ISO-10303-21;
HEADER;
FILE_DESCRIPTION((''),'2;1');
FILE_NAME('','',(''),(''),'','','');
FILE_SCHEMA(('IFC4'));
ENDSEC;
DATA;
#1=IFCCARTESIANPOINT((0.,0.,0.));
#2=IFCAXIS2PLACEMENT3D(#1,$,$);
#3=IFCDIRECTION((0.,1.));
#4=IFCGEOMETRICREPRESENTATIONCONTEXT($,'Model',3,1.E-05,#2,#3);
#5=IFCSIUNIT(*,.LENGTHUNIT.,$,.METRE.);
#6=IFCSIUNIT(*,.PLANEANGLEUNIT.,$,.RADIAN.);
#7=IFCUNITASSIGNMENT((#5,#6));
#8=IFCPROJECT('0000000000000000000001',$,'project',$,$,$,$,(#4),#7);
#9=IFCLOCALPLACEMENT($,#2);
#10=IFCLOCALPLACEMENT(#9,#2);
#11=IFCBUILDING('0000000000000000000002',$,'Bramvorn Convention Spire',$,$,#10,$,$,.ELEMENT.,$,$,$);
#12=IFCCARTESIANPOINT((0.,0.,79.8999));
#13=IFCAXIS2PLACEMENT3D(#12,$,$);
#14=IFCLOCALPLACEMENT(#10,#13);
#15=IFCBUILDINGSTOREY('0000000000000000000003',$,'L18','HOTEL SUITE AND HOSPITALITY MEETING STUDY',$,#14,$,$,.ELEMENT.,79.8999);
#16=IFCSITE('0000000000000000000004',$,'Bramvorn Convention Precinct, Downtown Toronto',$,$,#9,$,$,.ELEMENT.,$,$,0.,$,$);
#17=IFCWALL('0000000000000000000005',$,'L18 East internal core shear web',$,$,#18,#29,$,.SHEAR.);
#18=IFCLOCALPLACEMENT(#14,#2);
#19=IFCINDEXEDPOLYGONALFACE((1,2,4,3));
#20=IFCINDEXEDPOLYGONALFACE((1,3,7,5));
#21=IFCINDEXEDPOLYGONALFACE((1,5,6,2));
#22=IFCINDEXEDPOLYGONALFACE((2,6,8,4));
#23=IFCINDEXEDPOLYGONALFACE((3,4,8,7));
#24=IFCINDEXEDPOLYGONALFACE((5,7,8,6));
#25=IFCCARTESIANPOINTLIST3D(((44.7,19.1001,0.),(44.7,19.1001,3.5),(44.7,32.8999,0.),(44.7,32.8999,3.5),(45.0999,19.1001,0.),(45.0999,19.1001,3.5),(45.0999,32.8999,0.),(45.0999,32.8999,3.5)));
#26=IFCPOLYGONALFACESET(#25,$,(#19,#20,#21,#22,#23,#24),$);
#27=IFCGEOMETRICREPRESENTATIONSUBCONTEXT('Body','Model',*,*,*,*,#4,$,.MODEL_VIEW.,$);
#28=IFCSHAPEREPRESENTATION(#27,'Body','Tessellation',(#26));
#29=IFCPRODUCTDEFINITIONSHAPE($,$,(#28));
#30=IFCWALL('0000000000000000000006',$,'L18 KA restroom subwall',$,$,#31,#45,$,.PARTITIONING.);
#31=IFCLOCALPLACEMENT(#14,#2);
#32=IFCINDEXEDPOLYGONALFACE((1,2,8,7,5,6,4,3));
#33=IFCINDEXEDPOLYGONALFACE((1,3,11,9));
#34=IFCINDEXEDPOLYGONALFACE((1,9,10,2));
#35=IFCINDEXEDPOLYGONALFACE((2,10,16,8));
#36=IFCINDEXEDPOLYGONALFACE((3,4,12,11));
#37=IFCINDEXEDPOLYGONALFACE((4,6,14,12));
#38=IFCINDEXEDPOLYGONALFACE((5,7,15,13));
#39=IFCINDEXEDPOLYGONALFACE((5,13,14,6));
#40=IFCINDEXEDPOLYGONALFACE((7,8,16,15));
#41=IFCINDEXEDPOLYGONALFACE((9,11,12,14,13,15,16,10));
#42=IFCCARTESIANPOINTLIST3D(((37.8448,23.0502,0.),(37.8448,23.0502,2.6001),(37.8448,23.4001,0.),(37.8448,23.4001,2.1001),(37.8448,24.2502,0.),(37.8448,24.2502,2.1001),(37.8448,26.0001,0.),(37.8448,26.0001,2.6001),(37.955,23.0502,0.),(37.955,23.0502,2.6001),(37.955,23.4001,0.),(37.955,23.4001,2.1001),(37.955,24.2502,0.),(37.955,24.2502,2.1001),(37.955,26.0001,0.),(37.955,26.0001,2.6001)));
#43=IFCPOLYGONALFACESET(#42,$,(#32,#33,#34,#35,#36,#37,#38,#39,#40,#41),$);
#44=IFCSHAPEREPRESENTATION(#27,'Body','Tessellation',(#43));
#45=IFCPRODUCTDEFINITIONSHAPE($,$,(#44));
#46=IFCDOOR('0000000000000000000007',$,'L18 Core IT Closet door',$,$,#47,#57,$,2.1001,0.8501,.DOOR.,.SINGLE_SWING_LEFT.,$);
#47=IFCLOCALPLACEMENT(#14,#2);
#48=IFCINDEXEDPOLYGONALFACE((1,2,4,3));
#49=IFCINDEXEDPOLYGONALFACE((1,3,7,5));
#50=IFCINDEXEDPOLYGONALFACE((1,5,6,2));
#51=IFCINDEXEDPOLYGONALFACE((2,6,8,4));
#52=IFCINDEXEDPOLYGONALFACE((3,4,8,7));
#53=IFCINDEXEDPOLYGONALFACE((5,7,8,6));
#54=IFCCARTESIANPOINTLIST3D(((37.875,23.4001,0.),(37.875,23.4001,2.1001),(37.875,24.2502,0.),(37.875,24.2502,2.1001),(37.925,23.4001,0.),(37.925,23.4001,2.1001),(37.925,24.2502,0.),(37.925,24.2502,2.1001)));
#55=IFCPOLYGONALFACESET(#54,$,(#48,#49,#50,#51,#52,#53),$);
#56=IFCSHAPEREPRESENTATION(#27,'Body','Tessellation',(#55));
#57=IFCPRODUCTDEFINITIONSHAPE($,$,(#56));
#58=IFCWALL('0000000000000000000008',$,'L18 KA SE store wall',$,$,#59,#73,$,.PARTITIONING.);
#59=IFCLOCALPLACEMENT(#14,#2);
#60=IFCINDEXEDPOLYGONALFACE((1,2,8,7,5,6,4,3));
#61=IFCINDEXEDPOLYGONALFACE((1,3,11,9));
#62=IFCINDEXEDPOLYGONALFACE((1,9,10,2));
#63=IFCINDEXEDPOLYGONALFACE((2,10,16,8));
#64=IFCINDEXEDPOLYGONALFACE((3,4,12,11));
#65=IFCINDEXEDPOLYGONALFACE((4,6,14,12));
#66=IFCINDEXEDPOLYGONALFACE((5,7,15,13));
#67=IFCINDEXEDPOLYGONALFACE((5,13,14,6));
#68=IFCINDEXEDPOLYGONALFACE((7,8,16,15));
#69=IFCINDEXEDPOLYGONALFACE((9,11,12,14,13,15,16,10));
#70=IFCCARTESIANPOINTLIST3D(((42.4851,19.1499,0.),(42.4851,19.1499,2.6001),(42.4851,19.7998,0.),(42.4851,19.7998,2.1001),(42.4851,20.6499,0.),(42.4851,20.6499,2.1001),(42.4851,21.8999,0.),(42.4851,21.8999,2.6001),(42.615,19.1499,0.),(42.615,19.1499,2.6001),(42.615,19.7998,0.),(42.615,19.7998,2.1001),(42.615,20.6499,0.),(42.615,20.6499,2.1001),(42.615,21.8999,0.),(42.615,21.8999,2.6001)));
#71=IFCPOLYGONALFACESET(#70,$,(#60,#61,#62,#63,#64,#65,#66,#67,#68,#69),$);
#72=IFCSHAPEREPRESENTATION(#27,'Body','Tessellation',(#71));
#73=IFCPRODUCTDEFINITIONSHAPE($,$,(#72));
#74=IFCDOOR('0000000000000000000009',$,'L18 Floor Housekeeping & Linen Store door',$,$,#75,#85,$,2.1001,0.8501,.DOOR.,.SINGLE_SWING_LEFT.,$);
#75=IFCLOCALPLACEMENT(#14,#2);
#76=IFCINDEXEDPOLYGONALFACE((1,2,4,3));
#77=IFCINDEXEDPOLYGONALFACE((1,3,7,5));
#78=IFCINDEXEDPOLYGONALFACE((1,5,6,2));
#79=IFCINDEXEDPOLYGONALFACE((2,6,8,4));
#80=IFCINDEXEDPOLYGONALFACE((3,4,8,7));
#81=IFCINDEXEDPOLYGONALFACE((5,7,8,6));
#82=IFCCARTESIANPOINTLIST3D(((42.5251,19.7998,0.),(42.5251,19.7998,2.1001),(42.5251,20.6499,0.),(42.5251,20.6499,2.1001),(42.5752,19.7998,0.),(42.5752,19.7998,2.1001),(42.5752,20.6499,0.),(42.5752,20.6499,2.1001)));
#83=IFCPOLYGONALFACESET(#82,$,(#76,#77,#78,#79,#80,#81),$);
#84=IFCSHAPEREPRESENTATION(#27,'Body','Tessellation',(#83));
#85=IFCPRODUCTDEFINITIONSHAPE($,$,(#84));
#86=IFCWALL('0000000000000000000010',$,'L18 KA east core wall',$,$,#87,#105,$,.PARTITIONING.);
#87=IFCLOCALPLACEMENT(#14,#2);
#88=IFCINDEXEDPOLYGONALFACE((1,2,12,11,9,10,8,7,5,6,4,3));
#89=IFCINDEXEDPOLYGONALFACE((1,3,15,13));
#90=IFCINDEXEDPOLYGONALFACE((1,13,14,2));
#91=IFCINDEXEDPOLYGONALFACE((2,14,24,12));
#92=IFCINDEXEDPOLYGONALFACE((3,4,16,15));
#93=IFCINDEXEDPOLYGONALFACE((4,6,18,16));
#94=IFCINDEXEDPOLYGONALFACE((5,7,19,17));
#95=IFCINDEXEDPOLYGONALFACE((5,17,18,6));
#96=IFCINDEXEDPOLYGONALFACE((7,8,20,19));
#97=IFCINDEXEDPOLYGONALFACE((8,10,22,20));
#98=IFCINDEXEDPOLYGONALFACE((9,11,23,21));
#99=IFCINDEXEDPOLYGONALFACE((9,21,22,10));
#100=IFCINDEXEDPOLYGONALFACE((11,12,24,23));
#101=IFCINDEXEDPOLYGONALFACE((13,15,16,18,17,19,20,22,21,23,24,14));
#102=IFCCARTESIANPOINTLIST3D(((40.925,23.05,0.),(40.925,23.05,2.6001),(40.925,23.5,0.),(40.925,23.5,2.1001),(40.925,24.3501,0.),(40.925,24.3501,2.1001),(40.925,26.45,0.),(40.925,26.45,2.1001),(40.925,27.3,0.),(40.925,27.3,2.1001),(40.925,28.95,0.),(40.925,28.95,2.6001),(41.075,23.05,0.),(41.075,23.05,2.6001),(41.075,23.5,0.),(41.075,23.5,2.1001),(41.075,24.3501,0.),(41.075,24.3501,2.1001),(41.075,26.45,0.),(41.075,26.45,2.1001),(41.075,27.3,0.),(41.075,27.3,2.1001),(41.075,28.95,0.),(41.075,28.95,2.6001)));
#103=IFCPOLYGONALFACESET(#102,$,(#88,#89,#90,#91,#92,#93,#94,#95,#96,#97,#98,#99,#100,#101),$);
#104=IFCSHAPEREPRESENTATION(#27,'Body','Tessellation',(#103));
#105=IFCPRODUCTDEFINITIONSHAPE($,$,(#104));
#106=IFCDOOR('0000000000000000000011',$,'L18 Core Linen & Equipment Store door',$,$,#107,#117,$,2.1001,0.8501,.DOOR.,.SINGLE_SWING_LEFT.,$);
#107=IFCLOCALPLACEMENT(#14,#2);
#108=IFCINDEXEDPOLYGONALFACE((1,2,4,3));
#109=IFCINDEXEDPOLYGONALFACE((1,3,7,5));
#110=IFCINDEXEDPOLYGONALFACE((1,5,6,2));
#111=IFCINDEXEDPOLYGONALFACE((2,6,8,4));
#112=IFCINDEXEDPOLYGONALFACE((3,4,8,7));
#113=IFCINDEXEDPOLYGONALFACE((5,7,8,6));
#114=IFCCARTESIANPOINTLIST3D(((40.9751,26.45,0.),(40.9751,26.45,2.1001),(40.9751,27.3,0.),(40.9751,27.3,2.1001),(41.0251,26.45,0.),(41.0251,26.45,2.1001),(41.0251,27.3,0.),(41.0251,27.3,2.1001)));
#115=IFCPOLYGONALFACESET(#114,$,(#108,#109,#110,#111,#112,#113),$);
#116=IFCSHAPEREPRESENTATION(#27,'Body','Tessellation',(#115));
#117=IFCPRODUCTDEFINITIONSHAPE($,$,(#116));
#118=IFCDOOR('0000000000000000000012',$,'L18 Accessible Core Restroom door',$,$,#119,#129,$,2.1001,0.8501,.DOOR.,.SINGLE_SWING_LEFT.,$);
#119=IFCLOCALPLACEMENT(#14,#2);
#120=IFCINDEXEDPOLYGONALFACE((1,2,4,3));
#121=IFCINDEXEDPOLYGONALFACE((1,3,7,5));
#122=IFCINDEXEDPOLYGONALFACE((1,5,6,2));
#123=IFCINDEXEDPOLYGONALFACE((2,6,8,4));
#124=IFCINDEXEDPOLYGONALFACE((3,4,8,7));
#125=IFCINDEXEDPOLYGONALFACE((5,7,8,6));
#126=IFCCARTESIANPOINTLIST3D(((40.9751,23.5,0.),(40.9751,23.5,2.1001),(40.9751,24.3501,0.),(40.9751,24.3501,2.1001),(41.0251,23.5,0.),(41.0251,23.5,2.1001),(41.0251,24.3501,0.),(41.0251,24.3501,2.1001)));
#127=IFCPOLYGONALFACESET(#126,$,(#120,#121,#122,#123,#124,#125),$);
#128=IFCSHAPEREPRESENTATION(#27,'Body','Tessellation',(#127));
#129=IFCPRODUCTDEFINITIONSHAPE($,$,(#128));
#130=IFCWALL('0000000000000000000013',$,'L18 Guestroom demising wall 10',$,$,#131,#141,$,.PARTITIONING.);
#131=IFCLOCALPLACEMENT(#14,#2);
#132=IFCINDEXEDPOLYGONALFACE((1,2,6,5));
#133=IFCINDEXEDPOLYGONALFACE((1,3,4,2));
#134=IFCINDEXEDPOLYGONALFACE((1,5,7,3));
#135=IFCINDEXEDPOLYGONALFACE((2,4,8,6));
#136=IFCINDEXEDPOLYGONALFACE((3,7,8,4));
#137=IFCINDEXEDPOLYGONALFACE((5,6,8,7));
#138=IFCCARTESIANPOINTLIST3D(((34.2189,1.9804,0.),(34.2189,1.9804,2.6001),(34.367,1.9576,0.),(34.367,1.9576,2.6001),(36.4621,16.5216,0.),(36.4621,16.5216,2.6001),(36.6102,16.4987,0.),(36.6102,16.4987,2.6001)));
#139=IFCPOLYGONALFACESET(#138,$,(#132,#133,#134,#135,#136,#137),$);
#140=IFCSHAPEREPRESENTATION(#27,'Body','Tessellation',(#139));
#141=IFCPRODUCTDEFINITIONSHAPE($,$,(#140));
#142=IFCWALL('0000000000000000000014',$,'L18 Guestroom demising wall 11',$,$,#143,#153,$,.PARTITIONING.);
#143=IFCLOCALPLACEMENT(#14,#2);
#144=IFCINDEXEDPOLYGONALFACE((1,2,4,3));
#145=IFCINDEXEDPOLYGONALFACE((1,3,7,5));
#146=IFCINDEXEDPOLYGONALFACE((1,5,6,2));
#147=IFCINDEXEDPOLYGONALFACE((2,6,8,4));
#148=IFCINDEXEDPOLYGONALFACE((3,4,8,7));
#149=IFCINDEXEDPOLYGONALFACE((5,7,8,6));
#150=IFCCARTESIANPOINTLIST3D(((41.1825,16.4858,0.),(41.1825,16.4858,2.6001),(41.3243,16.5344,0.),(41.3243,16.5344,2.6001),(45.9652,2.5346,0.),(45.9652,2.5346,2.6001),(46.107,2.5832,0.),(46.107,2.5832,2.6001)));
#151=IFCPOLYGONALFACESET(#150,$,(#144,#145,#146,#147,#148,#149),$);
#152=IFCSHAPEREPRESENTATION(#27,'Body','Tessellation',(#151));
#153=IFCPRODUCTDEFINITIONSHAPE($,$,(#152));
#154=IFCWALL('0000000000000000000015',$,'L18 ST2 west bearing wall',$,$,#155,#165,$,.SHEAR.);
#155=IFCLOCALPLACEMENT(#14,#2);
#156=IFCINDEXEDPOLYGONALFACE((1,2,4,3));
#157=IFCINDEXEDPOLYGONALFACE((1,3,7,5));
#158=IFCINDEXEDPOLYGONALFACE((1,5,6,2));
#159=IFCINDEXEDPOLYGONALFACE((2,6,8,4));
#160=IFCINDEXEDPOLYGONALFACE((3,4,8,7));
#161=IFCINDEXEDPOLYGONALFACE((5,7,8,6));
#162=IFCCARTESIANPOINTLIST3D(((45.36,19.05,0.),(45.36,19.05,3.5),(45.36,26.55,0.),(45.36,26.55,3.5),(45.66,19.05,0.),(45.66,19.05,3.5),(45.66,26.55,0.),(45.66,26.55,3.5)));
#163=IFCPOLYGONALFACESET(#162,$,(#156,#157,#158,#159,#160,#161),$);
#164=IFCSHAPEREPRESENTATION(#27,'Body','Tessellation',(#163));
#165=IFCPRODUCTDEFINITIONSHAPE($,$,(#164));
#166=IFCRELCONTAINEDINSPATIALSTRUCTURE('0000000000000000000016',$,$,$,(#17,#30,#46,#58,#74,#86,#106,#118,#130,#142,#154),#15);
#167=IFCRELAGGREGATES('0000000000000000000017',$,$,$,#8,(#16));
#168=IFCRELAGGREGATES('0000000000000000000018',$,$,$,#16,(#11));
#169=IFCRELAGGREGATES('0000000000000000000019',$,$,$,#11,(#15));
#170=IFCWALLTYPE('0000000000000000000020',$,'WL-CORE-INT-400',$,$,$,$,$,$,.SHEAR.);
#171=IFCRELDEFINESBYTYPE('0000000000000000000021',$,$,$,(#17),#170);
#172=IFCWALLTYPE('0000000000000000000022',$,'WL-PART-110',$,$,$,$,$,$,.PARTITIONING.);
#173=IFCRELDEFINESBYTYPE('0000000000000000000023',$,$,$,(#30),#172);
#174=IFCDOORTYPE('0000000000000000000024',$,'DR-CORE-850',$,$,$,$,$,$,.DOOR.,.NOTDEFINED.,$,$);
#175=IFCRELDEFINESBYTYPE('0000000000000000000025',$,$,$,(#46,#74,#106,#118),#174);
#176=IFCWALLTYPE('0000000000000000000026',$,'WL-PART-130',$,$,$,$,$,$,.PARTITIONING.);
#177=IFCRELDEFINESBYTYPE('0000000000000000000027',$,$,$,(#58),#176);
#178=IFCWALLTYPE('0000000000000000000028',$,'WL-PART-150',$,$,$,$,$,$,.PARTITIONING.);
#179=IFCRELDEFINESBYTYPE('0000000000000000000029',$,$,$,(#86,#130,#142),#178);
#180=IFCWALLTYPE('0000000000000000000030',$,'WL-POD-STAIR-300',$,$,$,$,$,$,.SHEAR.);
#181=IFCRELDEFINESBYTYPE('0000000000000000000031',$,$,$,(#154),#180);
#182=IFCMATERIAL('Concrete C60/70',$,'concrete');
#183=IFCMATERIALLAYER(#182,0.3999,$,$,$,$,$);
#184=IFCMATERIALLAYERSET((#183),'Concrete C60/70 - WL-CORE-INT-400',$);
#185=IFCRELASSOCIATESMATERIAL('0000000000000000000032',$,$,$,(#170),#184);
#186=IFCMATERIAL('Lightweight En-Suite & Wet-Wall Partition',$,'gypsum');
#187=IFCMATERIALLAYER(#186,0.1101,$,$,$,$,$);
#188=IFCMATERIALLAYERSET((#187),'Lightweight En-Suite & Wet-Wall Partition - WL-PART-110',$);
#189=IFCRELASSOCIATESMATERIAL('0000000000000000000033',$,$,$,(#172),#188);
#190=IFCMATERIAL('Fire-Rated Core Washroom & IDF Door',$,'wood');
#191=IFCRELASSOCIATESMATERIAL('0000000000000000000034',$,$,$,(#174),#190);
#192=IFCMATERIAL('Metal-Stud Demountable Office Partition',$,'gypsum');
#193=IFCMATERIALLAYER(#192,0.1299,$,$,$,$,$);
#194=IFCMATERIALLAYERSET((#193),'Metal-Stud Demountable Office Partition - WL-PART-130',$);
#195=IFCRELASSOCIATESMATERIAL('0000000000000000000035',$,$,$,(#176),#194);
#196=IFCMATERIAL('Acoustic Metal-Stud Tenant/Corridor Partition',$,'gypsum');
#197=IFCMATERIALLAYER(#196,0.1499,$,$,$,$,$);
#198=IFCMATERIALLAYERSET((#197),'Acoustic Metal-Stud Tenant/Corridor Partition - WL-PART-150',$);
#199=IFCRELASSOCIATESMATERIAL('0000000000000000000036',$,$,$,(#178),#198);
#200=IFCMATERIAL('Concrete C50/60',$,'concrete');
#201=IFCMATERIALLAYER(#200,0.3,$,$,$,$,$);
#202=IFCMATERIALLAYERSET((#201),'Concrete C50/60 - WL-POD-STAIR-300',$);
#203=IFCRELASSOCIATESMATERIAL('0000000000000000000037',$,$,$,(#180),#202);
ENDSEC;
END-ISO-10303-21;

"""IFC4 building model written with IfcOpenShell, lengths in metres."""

from ifc_helpers import new_model, si_unit, direction, frame, frame_2d, origin, place, context, subcontext, project, spatial, rectangle, extrude, material, layer, layer_set, type_object, element, fill, save


model = new_model("IFC4")

# Units and contexts
model_context = context("Model", 3, precision=1e-05, world=origin(), true_north=direction((0.0, 1.0)))
body_context = subcontext(model_context, "Body", "Model", "MODEL_VIEW")
ifc_project = project(units=[si_unit("LENGTHUNIT", "METRE"), si_unit("PLANEANGLEUNIT", "RADIAN")], contexts=[model_context])

# Site, building, storey
site_placement = place(None, origin())
site = spatial("IfcSite", under=ifc_project, at=site_placement, Name="Bramvorn Convention Precinct, Downtown Toronto", CompositionType="ELEMENT", RefElevation=0.0)
building_placement = place(site_placement, origin())
building = spatial("IfcBuilding", under=site, at=building_placement, Name="Bramvorn Convention Spire", CompositionType="ELEMENT")
storey_placement = place(building_placement, frame((0.0, 0.0, 79.8999)))
storey = spatial("IfcBuildingStorey", under=building, at=storey_placement, Name="L18", Description="HOTEL SUITE AND HOSPITALITY MEETING STUDY", CompositionType="ELEMENT", Elevation=79.8999)

# Wall
ifc_material_1 = material(Name="Concrete C50/60", Category="concrete")
ifc_material_2 = material(Name="Concrete C60/70", Category="concrete")
ifc_layer_1 = layer(ifc_material_2, 0.3999)
ifc_layer_set_1 = layer_set([ifc_layer_1], Name="Concrete C60/70 - WL-CORE-INT-400")
wall_type_1 = type_object("IfcWallType", Name="WL-CORE-INT-400", PredefinedType="SHEAR", material=ifc_layer_set_1)
wall_1_placement = place(storey_placement, frame((44.8999, 19.1001, 0.0), z_axis=(0.0, 0.0, 1.0), x_axis=(0.0, 1.0, 0.0)))
element("IfcWall", 1, at=wall_1_placement, inside=storey, type_object=wall_type_1, Name="L18 East internal core shear web", PredefinedType="SHEAR", context=body_context, shape_type="SweptSolid", body=[
    extrude(rectangle(XDim=13.7998, YDim=0.3999, at=frame_2d((6.8999, 0.0))), origin(), (0.0, 0.0, 1.0), 3.5),
])

# Walls, openings, doors
ifc_material_3 = material(Name="Lightweight En-Suite & Wet-Wall Partition", Category="gypsum")
ifc_layer_2 = layer(ifc_material_3, 0.1101)
ifc_layer_set_2 = layer_set([ifc_layer_2], Name="Lightweight En-Suite & Wet-Wall Partition - WL-PART-110")
wall_type_2 = type_object("IfcWallType", Name="WL-PART-110", PredefinedType="PARTITIONING", material=ifc_layer_set_2)
wall_2_placement = place(storey_placement, frame((37.8999, 23.05, 0.0), z_axis=(0.0, 0.0, 1.0), x_axis=(0.0, 1.0, 0.0)))
wall_2 = element("IfcWall", 2, at=wall_2_placement, inside=storey, type_object=wall_type_2, Name="L18 KA restroom subwall", PredefinedType="PARTITIONING", context=body_context, shape_type="SweptSolid", body=[
    extrude(rectangle(XDim=2.95, YDim=0.1101, at=frame_2d((1.4751, 0.0))), origin(), (0.0, 0.0, 1.0), 2.6001),
])
opening_1_placement = place(wall_2_placement, frame((0.3501, 0.0, 0.0)))
opening_1 = element("IfcOpeningElement", 3, at=opening_1_placement, cuts=wall_2, PredefinedType="OPENING", context=body_context, shape_type="SweptSolid", body=[
    extrude(rectangle(XDim=0.8501, YDim=2.1001, at=frame_2d((0.425, 1.05))), frame((0.0, 0.0649, 0.0), z_axis=(0.0, -1.0, 0.0), x_axis=(1.0, 0.0, 0.0)), (0.0, 0.0, 1.0), 0.1301),
])
ifc_material_4 = material(Name="Fire-Rated Core Washroom & IDF Door", Category="wood")
door_type = type_object("IfcDoorType", Name="DR-CORE-850", OperationType="NOTDEFINED", PredefinedType="DOOR", material=ifc_material_4)
door_1_placement = place(opening_1_placement, origin())
door_1 = element("IfcDoor", 4, at=door_1_placement, inside=storey, type_object=door_type, Name="L18 Core IT Closet door", OperationType="SINGLE_SWING_LEFT", OverallHeight=2.1001, OverallWidth=0.8501, PredefinedType="DOOR", context=body_context, shape_type="SweptSolid", body=[
    extrude(rectangle(XDim=0.8501, YDim=2.1001, at=frame_2d((0.425, 1.05))), frame((0.0, 0.0249, 0.0), z_axis=(0.0, -1.0, 0.0), x_axis=(1.0, 0.0, 0.0)), (0.0, 0.0, 1.0), 0.05),
])
fill(opening_1, door_1)
ifc_material_5 = material(Name="Metal-Stud Demountable Office Partition", Category="gypsum")
ifc_layer_3 = layer(ifc_material_5, 0.1299)
ifc_layer_set_3 = layer_set([ifc_layer_3], Name="Metal-Stud Demountable Office Partition - WL-PART-130")
wall_type_3 = type_object("IfcWallType", Name="WL-PART-130", PredefinedType="PARTITIONING", material=ifc_layer_set_3)
wall_3_placement = place(storey_placement, frame((42.55, 19.1499, 0.0), z_axis=(0.0, 0.0, 1.0), x_axis=(0.0, 1.0, 0.0)))
wall_3 = element("IfcWall", 5, at=wall_3_placement, inside=storey, type_object=wall_type_3, Name="L18 KA SE store wall", PredefinedType="PARTITIONING", context=body_context, shape_type="SweptSolid", body=[
    extrude(rectangle(XDim=2.75, YDim=0.1299, at=frame_2d((1.375, 0.0))), origin(), (0.0, 0.0, 1.0), 2.6001),
])
opening_2_placement = place(wall_3_placement, frame((0.6499, 0.0, 0.0)))
opening_2 = element("IfcOpeningElement", 6, at=opening_2_placement, cuts=wall_3, PredefinedType="OPENING", context=body_context, shape_type="SweptSolid", body=[
    extrude(rectangle(XDim=0.8501, YDim=2.1001, at=frame_2d((0.425, 1.05))), frame((0.0, 0.075, 0.0), z_axis=(0.0, -1.0, 0.0), x_axis=(1.0, 0.0, 0.0)), (0.0, 0.0, 1.0), 0.1499),
])
door_2_placement = place(opening_2_placement, origin())
door_2 = element("IfcDoor", 7, at=door_2_placement, inside=storey, type_object=door_type, Name="L18 Floor Housekeeping & Linen Store door", OperationType="SINGLE_SWING_LEFT", OverallHeight=2.1001, OverallWidth=0.8501, PredefinedType="DOOR", context=body_context, shape_type="SweptSolid", body=[
    extrude(rectangle(XDim=0.8501, YDim=2.1001, at=frame_2d((0.425, 1.05))), frame((0.0, 0.0249, 0.0), z_axis=(0.0, -1.0, 0.0), x_axis=(1.0, 0.0, 0.0)), (0.0, 0.0, 1.0), 0.05),
])
fill(opening_2, door_2)

# Wall, openings, doors
ifc_material_6 = material(Name="Acoustic Metal-Stud Tenant/Corridor Partition", Category="gypsum")
ifc_layer_4 = layer(ifc_material_6, 0.1499)
ifc_layer_set_4 = layer_set([ifc_layer_4], Name="Acoustic Metal-Stud Tenant/Corridor Partition - WL-PART-150")
wall_type_4 = type_object("IfcWallType", Name="WL-PART-150", PredefinedType="PARTITIONING", material=ifc_layer_set_4)
wall_4_placement = place(storey_placement, frame((41.0, 23.05, 0.0), z_axis=(0.0, 0.0, 1.0), x_axis=(0.0, 1.0, 0.0)))
wall_4 = element("IfcWall", 8, at=wall_4_placement, inside=storey, type_object=wall_type_4, Name="L18 KA east core wall", PredefinedType="PARTITIONING", context=body_context, shape_type="SweptSolid", body=[
    extrude(rectangle(XDim=5.8999, YDim=0.1499, at=frame_2d((2.95, 0.0))), origin(), (0.0, 0.0, 1.0), 2.6001),
])
opening_3_placement = place(wall_4_placement, frame((3.3999, 0.0, 0.0)))
opening_3 = element("IfcOpeningElement", 9, at=opening_3_placement, cuts=wall_4, PredefinedType="OPENING", context=body_context, shape_type="SweptSolid", body=[
    extrude(rectangle(XDim=0.8501, YDim=2.1001, at=frame_2d((0.425, 1.05))), frame((0.0, 0.085, 0.0), z_axis=(0.0, -1.0, 0.0), x_axis=(1.0, 0.0, 0.0)), (0.0, 0.0, 1.0), 0.1699),
])
opening_4_placement = place(wall_4_placement, frame((0.45, 0.0, 0.0)))
opening_4 = element("IfcOpeningElement", 10, at=opening_4_placement, cuts=wall_4, PredefinedType="OPENING", context=body_context, shape_type="SweptSolid", body=[
    extrude(rectangle(XDim=0.8501, YDim=2.1001, at=frame_2d((0.425, 1.05))), frame((0.0, 0.085, 0.0), z_axis=(0.0, -1.0, 0.0), x_axis=(1.0, 0.0, 0.0)), (0.0, 0.0, 1.0), 0.1699),
])
door_3_placement = place(opening_3_placement, origin())
door_3 = element("IfcDoor", 11, at=door_3_placement, inside=storey, type_object=door_type, Name="L18 Core Linen & Equipment Store door", OperationType="SINGLE_SWING_LEFT", OverallHeight=2.1001, OverallWidth=0.8501, PredefinedType="DOOR", context=body_context, shape_type="SweptSolid", body=[
    extrude(rectangle(XDim=0.8501, YDim=2.1001, at=frame_2d((0.425, 1.05))), frame((0.0, 0.0249, 0.0), z_axis=(0.0, -1.0, 0.0), x_axis=(1.0, 0.0, 0.0)), (0.0, 0.0, 1.0), 0.05),
])
fill(opening_3, door_3)
door_4_placement = place(opening_4_placement, origin())
door_4 = element("IfcDoor", 12, at=door_4_placement, inside=storey, type_object=door_type, Name="L18 Accessible Core Restroom door", OperationType="SINGLE_SWING_LEFT", OverallHeight=2.1001, OverallWidth=0.8501, PredefinedType="DOOR", context=body_context, shape_type="SweptSolid", body=[
    extrude(rectangle(XDim=0.8501, YDim=2.1001, at=frame_2d((0.425, 1.05))), frame((0.0, 0.0249, 0.0), z_axis=(0.0, -1.0, 0.0), x_axis=(1.0, 0.0, 0.0)), (0.0, 0.0, 1.0), 0.05),
])
fill(opening_4, door_4)

# Walls
wall_5_placement = place(storey_placement, frame((36.5361, 16.51, 0.0), z_axis=(0.0, 0.0, 1.0), x_axis=(-0.152461, -0.988309, 0.0)))
element("IfcWall", 13, at=wall_5_placement, inside=storey, type_object=wall_type_4, Name="L18 Guestroom demising wall 10", PredefinedType="PARTITIONING", context=body_context, shape_type="SweptSolid", body=[
    extrude(rectangle(XDim=14.7131, YDim=0.1499, at=frame_2d((7.3564, 0.0))), origin(), (0.0, 0.0, 1.0), 2.6001),
])
wall_6_placement = place(storey_placement, frame((41.2534, 16.51, 0.0), z_axis=(0.0, 0.0, 1.0), x_axis=(0.324291, -0.945957, 0.0)))
element("IfcWall", 14, at=wall_6_placement, inside=storey, type_object=wall_type_4, Name="L18 Guestroom demising wall 11", PredefinedType="PARTITIONING", context=body_context, shape_type="SweptSolid", body=[
    extrude(rectangle(XDim=14.7483, YDim=0.1499, at=frame_2d((7.374, 0.0))), origin(), (0.0, 0.0, 1.0), 2.6001),
])
ifc_layer_5 = layer(ifc_material_1, 0.3)
ifc_layer_set_5 = layer_set([ifc_layer_5], Name="Concrete C50/60 - WL-POD-STAIR-300")
wall_type_5 = type_object("IfcWallType", Name="WL-POD-STAIR-300", PredefinedType="SHEAR", material=ifc_layer_set_5)
wall_7_placement = place(storey_placement, frame((45.51, 19.05, 0.0), z_axis=(0.0, 0.0, 1.0), x_axis=(0.0, 1.0, 0.0)))
element("IfcWall", 15, at=wall_7_placement, inside=storey, type_object=wall_type_5, Name="L18 ST2 west bearing wall", PredefinedType="SHEAR", context=body_context, shape_type="SweptSolid", body=[
    extrude(rectangle(XDim=7.5, YDim=0.3, at=frame_2d((3.75, 0.0))), origin(), (0.0, 0.0, 1.0), 3.5),
])

save(model, "model.ifc")
